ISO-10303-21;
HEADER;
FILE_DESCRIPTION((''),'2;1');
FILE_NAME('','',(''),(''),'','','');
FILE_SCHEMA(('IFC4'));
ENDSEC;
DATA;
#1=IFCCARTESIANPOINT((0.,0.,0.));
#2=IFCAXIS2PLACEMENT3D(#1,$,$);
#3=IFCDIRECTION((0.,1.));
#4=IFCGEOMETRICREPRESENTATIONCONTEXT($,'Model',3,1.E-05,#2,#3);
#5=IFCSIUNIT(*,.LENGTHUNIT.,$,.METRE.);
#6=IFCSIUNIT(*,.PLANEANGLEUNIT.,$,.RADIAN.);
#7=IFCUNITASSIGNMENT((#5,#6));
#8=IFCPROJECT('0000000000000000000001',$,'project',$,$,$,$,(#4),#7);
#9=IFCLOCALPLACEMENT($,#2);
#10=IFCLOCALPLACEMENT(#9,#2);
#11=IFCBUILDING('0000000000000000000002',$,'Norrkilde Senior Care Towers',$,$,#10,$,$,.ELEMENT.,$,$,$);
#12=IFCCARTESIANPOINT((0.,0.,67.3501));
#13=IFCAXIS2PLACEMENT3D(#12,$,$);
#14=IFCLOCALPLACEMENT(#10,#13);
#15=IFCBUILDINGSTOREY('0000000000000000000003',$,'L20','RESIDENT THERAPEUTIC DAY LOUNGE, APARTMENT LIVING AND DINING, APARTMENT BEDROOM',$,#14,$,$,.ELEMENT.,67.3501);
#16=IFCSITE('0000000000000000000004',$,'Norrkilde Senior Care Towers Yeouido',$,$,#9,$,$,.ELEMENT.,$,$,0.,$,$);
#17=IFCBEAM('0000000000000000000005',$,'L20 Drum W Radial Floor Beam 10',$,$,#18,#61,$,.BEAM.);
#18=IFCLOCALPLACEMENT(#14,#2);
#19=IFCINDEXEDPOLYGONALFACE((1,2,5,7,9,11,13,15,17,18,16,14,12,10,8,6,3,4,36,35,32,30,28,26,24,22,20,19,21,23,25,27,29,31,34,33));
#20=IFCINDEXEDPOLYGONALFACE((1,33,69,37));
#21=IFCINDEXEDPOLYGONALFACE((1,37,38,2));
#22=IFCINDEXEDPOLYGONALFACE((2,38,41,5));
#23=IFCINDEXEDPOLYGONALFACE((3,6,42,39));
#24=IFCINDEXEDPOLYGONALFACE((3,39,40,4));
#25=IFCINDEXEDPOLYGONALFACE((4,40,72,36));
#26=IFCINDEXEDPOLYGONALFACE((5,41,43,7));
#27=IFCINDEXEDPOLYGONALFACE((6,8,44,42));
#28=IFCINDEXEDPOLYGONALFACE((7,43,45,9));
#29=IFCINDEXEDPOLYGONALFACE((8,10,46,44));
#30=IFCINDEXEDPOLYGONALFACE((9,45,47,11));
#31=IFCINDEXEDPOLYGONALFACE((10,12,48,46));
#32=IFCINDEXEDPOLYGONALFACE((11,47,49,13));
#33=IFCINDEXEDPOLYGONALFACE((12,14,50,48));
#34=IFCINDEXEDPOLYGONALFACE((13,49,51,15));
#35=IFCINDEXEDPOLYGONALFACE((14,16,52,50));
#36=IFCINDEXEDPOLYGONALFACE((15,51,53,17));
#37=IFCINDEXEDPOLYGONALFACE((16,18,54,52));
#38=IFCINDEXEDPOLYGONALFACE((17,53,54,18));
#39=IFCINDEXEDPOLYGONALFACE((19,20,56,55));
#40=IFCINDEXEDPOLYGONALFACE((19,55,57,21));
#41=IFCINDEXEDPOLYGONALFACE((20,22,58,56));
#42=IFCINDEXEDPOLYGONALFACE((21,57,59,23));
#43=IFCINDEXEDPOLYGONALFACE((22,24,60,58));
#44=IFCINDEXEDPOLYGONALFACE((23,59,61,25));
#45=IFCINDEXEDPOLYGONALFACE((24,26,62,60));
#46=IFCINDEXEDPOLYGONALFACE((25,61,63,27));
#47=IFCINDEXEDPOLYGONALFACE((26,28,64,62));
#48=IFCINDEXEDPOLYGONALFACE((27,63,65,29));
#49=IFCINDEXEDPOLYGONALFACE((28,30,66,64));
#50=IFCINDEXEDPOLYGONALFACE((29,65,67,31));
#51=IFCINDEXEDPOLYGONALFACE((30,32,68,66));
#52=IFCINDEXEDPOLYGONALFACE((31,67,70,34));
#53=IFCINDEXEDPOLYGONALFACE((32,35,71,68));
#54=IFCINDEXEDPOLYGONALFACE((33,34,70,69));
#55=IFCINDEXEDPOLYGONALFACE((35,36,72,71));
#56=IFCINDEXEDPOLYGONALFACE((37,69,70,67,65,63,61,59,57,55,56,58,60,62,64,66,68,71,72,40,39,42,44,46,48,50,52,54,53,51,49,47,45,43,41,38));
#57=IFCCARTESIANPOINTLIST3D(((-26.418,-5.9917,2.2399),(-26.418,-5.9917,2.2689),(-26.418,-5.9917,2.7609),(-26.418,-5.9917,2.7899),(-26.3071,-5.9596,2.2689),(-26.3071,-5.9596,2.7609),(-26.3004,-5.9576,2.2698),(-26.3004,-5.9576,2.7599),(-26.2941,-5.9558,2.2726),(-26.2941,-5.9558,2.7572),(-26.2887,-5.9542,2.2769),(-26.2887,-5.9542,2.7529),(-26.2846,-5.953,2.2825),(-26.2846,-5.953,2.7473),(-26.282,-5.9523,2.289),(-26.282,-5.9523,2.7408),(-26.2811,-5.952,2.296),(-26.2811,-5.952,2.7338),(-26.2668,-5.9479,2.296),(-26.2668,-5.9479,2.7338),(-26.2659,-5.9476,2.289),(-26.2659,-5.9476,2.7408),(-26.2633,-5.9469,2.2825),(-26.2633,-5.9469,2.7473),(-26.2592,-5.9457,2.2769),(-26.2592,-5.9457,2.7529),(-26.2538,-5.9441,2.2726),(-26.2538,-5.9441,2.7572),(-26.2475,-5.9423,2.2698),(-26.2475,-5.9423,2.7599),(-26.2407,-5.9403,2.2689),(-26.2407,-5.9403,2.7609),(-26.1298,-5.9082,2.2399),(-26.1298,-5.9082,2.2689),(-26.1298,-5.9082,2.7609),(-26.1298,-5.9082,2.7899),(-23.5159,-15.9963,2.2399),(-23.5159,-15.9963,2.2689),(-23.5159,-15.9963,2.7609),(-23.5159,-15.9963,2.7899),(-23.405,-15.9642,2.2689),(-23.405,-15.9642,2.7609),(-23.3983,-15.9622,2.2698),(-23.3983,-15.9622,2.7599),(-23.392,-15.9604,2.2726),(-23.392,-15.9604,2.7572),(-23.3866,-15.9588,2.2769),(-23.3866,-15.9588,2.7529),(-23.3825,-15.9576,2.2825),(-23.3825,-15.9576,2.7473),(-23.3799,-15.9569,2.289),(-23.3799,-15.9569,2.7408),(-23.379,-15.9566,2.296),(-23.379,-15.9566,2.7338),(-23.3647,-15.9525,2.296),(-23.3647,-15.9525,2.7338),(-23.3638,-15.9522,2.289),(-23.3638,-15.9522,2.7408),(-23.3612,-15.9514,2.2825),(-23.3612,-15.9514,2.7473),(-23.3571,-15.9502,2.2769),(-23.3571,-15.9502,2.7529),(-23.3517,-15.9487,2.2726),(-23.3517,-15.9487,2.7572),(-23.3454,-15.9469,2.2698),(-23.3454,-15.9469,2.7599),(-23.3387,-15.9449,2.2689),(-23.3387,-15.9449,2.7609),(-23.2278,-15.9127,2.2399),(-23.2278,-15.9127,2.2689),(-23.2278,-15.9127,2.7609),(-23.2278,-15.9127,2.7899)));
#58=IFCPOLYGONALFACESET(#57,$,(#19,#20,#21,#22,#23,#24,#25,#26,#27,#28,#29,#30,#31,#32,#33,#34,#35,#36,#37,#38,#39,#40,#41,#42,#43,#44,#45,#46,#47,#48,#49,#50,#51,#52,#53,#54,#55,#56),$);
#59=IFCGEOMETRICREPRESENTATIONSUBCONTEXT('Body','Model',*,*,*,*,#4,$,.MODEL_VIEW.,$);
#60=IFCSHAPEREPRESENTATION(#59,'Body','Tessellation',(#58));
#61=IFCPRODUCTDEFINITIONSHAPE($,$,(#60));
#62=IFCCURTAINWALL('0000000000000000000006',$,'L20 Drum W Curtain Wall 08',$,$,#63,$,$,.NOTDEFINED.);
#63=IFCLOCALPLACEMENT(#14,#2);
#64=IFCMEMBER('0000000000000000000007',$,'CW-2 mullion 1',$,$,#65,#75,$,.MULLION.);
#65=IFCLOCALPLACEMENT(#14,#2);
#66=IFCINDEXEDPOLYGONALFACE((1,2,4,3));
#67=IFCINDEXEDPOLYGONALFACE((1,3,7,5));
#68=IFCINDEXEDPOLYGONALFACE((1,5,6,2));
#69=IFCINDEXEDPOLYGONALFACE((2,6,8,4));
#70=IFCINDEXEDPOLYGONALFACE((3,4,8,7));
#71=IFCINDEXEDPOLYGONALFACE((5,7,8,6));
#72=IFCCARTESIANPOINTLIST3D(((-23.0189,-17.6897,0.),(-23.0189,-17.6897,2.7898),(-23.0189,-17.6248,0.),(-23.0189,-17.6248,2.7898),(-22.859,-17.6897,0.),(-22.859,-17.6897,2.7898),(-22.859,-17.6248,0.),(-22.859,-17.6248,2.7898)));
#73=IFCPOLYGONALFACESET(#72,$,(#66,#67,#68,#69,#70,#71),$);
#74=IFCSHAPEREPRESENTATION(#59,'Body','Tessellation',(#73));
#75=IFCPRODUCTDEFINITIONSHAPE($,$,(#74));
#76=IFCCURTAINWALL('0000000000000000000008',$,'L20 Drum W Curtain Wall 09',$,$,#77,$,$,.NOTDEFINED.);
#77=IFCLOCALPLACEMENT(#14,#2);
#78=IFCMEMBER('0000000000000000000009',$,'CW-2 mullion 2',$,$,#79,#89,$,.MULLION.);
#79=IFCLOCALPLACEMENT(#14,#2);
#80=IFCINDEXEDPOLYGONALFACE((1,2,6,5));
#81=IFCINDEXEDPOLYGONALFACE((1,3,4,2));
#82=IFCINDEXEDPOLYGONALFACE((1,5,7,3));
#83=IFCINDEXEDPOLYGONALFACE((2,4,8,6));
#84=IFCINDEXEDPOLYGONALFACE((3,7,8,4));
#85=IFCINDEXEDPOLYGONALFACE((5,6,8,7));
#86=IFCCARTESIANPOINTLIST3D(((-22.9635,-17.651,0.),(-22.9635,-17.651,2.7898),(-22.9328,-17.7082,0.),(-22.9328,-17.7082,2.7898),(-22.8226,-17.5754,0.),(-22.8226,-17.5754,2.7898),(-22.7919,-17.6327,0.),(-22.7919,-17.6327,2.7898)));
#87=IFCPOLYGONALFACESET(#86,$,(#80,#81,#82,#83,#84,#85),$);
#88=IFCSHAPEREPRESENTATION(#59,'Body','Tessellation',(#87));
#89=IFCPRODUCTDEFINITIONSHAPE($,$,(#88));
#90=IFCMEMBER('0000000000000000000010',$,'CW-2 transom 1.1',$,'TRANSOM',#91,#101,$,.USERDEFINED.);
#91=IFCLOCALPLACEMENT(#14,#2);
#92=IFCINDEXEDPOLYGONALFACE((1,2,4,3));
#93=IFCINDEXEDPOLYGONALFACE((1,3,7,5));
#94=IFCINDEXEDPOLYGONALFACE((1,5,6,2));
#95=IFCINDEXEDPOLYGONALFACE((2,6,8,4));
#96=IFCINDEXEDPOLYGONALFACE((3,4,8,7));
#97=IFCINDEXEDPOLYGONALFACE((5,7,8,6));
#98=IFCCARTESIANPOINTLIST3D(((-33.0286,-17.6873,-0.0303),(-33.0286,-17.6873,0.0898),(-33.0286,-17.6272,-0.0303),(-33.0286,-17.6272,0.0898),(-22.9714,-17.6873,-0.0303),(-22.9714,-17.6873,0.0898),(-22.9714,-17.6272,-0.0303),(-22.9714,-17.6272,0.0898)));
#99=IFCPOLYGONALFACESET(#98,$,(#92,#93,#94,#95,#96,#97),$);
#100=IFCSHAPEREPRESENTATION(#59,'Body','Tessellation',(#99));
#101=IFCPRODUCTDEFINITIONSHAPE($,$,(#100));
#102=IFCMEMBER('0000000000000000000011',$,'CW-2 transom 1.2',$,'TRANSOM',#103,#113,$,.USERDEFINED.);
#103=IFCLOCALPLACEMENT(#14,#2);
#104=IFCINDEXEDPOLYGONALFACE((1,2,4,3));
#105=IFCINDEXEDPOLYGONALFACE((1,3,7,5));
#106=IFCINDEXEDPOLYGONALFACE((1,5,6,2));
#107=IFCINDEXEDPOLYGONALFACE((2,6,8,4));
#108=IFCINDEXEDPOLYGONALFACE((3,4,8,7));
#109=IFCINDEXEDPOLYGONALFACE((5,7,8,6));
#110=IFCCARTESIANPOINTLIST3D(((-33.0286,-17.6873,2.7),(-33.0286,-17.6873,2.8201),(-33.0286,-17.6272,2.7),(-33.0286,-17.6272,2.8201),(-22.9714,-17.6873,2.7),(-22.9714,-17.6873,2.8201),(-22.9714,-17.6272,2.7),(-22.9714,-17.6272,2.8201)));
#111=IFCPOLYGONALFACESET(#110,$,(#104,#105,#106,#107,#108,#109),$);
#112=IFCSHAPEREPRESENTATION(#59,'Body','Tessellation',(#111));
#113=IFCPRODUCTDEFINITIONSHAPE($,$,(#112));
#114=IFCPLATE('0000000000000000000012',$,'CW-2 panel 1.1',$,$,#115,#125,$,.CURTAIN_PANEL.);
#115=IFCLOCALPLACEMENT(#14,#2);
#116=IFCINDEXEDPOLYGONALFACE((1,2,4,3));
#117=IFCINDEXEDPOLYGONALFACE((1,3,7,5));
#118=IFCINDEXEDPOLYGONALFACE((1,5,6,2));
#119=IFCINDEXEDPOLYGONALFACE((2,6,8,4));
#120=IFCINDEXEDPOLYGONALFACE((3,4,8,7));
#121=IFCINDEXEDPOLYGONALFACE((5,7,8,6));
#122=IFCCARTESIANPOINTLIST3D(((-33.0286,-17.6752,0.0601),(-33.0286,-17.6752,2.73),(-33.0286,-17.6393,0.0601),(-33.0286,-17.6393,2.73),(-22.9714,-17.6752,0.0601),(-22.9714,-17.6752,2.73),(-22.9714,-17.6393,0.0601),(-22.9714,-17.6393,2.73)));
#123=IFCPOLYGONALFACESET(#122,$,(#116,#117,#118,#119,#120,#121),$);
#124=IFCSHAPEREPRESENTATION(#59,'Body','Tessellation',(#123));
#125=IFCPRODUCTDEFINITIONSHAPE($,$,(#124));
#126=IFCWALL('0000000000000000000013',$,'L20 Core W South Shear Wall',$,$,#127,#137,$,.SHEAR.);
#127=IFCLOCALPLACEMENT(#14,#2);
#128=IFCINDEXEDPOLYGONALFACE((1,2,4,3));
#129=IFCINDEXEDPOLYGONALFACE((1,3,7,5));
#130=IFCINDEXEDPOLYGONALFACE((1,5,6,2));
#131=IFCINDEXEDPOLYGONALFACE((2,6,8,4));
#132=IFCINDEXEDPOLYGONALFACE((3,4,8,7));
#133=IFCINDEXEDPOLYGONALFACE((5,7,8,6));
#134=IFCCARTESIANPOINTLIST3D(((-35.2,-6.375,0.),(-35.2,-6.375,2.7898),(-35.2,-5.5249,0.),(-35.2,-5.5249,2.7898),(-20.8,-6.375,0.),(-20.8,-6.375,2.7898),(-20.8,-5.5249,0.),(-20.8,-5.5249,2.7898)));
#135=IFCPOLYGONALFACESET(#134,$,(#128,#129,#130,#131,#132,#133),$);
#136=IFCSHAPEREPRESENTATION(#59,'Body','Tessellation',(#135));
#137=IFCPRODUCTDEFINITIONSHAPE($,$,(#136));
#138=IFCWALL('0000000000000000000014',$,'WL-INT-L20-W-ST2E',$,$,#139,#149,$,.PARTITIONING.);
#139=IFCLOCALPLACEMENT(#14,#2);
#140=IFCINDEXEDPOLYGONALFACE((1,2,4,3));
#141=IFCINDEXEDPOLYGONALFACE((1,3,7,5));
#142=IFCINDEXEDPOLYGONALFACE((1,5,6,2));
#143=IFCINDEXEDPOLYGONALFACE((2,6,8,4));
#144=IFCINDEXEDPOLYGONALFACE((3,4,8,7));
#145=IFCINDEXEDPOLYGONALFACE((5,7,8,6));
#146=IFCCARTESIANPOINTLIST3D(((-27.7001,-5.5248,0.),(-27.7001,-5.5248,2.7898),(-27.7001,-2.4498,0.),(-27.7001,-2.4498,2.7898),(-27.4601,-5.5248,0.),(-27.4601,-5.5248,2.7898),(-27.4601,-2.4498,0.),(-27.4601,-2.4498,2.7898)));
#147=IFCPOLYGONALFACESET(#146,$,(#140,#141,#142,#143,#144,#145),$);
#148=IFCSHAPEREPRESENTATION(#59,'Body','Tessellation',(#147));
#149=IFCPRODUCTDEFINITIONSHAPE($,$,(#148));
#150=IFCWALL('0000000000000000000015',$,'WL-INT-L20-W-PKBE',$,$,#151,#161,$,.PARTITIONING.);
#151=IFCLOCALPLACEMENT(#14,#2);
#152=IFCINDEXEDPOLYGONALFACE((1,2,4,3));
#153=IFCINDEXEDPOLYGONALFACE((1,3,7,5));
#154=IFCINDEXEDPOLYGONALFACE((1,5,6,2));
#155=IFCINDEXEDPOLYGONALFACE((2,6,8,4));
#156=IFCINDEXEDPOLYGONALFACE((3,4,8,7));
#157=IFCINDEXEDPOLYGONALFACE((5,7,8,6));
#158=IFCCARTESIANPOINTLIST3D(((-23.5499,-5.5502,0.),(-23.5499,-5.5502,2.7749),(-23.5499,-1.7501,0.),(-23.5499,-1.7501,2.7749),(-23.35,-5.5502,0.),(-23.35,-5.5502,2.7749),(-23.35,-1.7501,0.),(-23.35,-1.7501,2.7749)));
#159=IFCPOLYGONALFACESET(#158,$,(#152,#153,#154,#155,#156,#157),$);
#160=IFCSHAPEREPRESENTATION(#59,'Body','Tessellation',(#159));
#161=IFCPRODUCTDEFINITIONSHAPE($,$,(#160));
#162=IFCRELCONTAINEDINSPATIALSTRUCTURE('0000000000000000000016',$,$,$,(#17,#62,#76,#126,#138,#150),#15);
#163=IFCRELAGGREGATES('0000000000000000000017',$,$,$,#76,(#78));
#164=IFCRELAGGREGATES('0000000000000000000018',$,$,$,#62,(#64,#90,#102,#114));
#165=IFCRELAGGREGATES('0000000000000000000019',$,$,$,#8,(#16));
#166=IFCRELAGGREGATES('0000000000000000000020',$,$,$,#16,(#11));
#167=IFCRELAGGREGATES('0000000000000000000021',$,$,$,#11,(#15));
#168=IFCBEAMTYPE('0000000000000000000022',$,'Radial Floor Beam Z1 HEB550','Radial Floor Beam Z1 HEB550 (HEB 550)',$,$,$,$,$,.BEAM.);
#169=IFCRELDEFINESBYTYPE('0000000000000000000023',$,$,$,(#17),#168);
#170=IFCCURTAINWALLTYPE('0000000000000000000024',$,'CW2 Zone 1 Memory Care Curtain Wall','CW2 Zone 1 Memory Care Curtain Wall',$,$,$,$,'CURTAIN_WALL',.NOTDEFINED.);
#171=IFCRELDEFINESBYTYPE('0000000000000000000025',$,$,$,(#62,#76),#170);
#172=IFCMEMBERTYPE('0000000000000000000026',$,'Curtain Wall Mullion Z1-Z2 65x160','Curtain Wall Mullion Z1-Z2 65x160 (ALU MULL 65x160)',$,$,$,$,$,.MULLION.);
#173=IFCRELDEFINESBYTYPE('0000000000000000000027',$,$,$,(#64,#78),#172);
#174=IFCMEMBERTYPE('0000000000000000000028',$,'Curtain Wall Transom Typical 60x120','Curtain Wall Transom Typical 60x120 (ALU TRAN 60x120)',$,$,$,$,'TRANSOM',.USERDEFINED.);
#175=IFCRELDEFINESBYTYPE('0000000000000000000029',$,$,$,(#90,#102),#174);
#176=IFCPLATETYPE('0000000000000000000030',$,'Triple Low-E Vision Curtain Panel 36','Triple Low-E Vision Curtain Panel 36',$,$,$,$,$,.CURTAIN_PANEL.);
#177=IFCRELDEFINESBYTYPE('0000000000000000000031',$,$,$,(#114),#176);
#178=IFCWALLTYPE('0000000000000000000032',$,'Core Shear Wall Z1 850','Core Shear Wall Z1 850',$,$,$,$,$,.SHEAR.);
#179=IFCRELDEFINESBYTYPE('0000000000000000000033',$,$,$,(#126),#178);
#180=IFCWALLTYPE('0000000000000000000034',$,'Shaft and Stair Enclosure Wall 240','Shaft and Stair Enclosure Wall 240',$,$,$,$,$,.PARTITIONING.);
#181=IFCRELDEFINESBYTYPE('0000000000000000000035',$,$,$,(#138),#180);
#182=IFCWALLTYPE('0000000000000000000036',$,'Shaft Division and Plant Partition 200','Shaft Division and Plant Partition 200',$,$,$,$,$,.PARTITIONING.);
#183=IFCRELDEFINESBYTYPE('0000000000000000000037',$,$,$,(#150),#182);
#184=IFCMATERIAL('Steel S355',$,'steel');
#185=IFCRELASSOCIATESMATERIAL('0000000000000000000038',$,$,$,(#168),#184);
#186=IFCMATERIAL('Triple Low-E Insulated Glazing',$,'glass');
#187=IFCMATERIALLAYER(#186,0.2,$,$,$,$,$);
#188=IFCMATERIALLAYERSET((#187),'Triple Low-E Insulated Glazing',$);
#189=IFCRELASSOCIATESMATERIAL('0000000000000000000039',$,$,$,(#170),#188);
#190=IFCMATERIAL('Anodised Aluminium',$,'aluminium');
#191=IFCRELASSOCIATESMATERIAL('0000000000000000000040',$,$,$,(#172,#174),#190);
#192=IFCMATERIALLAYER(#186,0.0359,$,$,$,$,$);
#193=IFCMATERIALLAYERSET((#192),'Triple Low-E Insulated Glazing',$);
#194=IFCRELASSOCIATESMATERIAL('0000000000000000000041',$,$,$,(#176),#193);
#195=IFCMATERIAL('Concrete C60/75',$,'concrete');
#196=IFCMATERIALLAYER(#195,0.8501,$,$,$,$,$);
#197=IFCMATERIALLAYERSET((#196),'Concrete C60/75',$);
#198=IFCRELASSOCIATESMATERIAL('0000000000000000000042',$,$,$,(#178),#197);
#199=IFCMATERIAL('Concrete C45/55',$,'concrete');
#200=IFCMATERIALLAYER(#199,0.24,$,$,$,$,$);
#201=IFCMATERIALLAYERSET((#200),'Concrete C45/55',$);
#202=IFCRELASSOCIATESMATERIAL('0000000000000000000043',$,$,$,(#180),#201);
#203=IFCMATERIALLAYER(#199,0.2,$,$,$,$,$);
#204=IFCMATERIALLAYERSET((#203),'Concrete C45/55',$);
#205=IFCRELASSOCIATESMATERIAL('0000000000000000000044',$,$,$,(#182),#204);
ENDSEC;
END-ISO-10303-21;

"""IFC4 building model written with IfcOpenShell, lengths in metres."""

from ifc_helpers import new_model, si_unit, direction, frame, frame_2d, origin, origin_2d, place, context, subcontext, project, spatial, rectangle, i_section, extrude, source, transform, mapped, material, layer, layer_set, material_profile, profile_set, type_object, type_shapes, element, aggregate, save


model = new_model("IFC4")

# Units and contexts
model_context = context("Model", 3, precision=1e-05, world=origin(), true_north=direction((0.0, 1.0)))
body_context = subcontext(model_context, "Body", "Model", "MODEL_VIEW")
ifc_project = project(units=[si_unit("LENGTHUNIT", "METRE"), si_unit("PLANEANGLEUNIT", "RADIAN")], contexts=[model_context])

# Site, building, storey
site_placement = place(None, origin())
site = spatial("IfcSite", under=ifc_project, at=site_placement, Name="Norrkilde Senior Care Towers Yeouido", CompositionType="ELEMENT", RefElevation=0.0)
building_placement = place(site_placement, origin())
building = spatial("IfcBuilding", under=site, at=building_placement, Name="Norrkilde Senior Care Towers", CompositionType="ELEMENT")
storey_placement = place(building_placement, frame((0.0, 0.0, 67.3501)))
storey = spatial("IfcBuildingStorey", under=building, at=storey_placement, Name="L20", Description="RESIDENT THERAPEUTIC DAY LOUNGE, APARTMENT LIVING AND DINING, APARTMENT BEDROOM", CompositionType="ELEMENT", Elevation=67.3501)

# Shared definitions
ifc_material_1 = material(Name="Concrete C60/75", Category="concrete")

# Beam
ifc_material_2 = material(Name="Steel S355", Category="steel")
ifc_material_profile_1 = material_profile(ifc_material_2, i_section(OverallWidth=0.3, OverallDepth=0.55, WebThickness=0.0149, FlangeThickness=0.0291, FilletRadius=0.0271, at=origin_2d()), Name="HEB 550")
ifc_profile_set_1 = profile_set([ifc_material_profile_1], Name="Steel S355")
beam_type_1 = type_object("IfcBeamType", Name="Radial Floor Beam Z1 HEB550", Description="Radial Floor Beam Z1 HEB550 (HEB 550)", PredefinedType="BEAM", material=ifc_profile_set_1)
shared_shape_1 = source(origin(), body_context, "Body", "SweptSolid", [
    extrude(i_section(OverallWidth=0.3, OverallDepth=0.55, WebThickness=0.0149, FlangeThickness=0.0291, FilletRadius=0.0271, at=origin_2d()), origin(), (0.0, 0.0, 1.0), 10.417),
])
beam_1_placement = place(storey_placement, frame((-26.2739, -5.95, 2.5149), z_axis=(0.278591, -0.96041, 0.0), x_axis=(0.96041, 0.278591, 0.0)))
element("IfcBeam", 1, at=beam_1_placement, inside=storey, type_object=beam_type_1, Name="L20 Drum W Radial Floor Beam 10", PredefinedType="BEAM", context=body_context, shape_type="MappedRepresentation", body=[
    mapped(shared_shape_1, transform((0.0, 0.0, 0.0), x_axis=(1.0, 0.0, 0.0), y_axis=(0.0, 1.0, 0.0), z_axis=(0.0, 0.0, 1.0), scale=1.0)),
])

# Curtain walls, members
ifc_material_3 = material(Name="Triple Low-E Insulated Glazing", Category="glass")
ifc_layer_1 = layer(ifc_material_3, 0.2)
ifc_layer_set_1 = layer_set([ifc_layer_1], Name="Triple Low-E Insulated Glazing")
curtain_wall_type = type_object("IfcCurtainWallType", Name="CW2 Zone 1 Memory Care Curtain Wall", Description="CW2 Zone 1 Memory Care Curtain Wall", ElementType="CURTAIN_WALL", PredefinedType="NOTDEFINED", material=ifc_layer_set_1)
curtain_wall_1_placement = place(storey_placement, origin())
curtain_wall_1 = element("IfcCurtainWall", 2, at=curtain_wall_1_placement, inside=storey, type_object=curtain_wall_type, Name="L20 Drum W Curtain Wall 08", PredefinedType="NOTDEFINED")
ifc_material_4 = material(Name="Anodised Aluminium", Category="aluminium")
ifc_material_profile_2 = material_profile(ifc_material_4, rectangle(XDim=0.0649, YDim=0.1599, at=origin_2d()), Name="ALU MULL 65x160")
ifc_profile_set_2 = profile_set([ifc_material_profile_2], Name="Anodised Aluminium")
member_type_1 = type_object("IfcMemberType", Name="Curtain Wall Mullion Z1-Z2 65x160", Description="Curtain Wall Mullion Z1-Z2 65x160 (ALU MULL 65x160)", PredefinedType="MULLION", material=ifc_profile_set_2)
shared_shape_2 = source(origin(), body_context, "Body", "SweptSolid", [
    extrude(rectangle(XDim=0.0649, YDim=0.1599, at=origin_2d()), origin(), (0.0, 0.0, 1.0), 2.7898),
])
type_shapes(member_type_1, [shared_shape_2])
member_1_placement = place(storey_placement, frame((-22.939, -17.6572, 0.0), z_axis=(0.0, 0.0, 1.0), x_axis=(0.0, -1.0, 0.0)))
member_1 = element("IfcMember", 3, at=member_1_placement, type_object=member_type_1, Name="CW-2 mullion 1", PredefinedType="MULLION", context=body_context, shape_type="MappedRepresentation", body=[
    mapped(shared_shape_2, transform((0.0, 0.0, 0.0), x_axis=(1.0, 0.0, 0.0), y_axis=(0.0, 1.0, 0.0), z_axis=(0.0, 0.0, 1.0), scale=1.0)),
])
curtain_wall_2_placement = place(storey_placement, origin())
curtain_wall_2 = element("IfcCurtainWall", 4, at=curtain_wall_2_placement, inside=storey, type_object=curtain_wall_type, Name="L20 Drum W Curtain Wall 09", PredefinedType="NOTDEFINED")
member_2_placement = place(storey_placement, frame((-22.8777, -17.6418, 0.0), z_axis=(0.0, 0.0, 1.0), x_axis=(0.472608, -0.881273, 0.0)))
member_2 = element("IfcMember", 5, at=member_2_placement, type_object=member_type_1, Name="CW-2 mullion 2", PredefinedType="MULLION", context=body_context, shape_type="MappedRepresentation", body=[
    mapped(shared_shape_2, transform((0.0, 0.0, 0.0), x_axis=(1.0, 0.0, 0.0), y_axis=(0.0, 1.0, 0.0), z_axis=(0.0, 0.0, 1.0), scale=1.0)),
])
aggregate(curtain_wall_2, [member_2])

# Members
ifc_material_profile_3 = material_profile(ifc_material_4, rectangle(XDim=0.0601, YDim=0.1201, at=origin_2d()), Name="ALU TRAN 60x120")
ifc_profile_set_3 = profile_set([ifc_material_profile_3], Name="Anodised Aluminium")
member_type_2 = type_object("IfcMemberType", Name="Curtain Wall Transom Typical 60x120", Description="Curtain Wall Transom Typical 60x120 (ALU TRAN 60x120)", ElementType="TRANSOM", PredefinedType="USERDEFINED", material=ifc_profile_set_3)
shared_shape_3 = source(origin(), body_context, "Body", "SweptSolid", [
    extrude(rectangle(XDim=0.0601, YDim=0.1201, at=origin_2d()), origin(), (0.0, 0.0, 1.0), 10.0571),
])
type_shapes(member_type_2, [shared_shape_3])
member_3_placement = place(storey_placement, frame((-22.9714, -17.6572, 0.0298), z_axis=(-1.0, 0.0, 0.0), x_axis=(0.0, -1.0, 0.0)))
member_3 = element("IfcMember", 6, at=member_3_placement, type_object=member_type_2, Name="CW-2 transom 1.1", ObjectType="TRANSOM", PredefinedType="USERDEFINED", context=body_context, shape_type="MappedRepresentation", body=[
    mapped(shared_shape_3, transform((0.0, 0.0, 0.0), x_axis=(1.0, 0.0, 0.0), y_axis=(0.0, 1.0, 0.0), z_axis=(0.0, 0.0, 1.0), scale=1.0)),
])
member_4_placement = place(storey_placement, frame((-22.9714, -17.6572, 2.76), z_axis=(-1.0, 0.0, 0.0), x_axis=(0.0, -1.0, 0.0)))
member_4 = element("IfcMember", 7, at=member_4_placement, type_object=member_type_2, Name="CW-2 transom 1.2", ObjectType="TRANSOM", PredefinedType="USERDEFINED", context=body_context, shape_type="MappedRepresentation", body=[
    mapped(shared_shape_3, transform((0.0, 0.0, 0.0), x_axis=(1.0, 0.0, 0.0), y_axis=(0.0, 1.0, 0.0), z_axis=(0.0, 0.0, 1.0), scale=1.0)),
])

# Plate
ifc_layer_2 = layer(ifc_material_3, 0.0359)
ifc_layer_set_2 = layer_set([ifc_layer_2], Name="Triple Low-E Insulated Glazing")
plate_type = type_object("IfcPlateType", Name="Triple Low-E Vision Curtain Panel 36", Description="Triple Low-E Vision Curtain Panel 36", PredefinedType="CURTAIN_PANEL", material=ifc_layer_set_2)
shared_shape_4 = source(origin(), body_context, "Body", "SweptSolid", [
    extrude(rectangle(XDim=10.0571, YDim=0.0359, at=origin_2d()), origin(), (0.0, 0.0, 1.0), 2.6699),
])
type_shapes(plate_type, [shared_shape_4])
plate_placement = place(storey_placement, frame((-28.0, -17.6572, 0.0601), z_axis=(0.0, 0.0, 1.0), x_axis=(-1.0, 0.0, 0.0)))
plate = element("IfcPlate", 8, at=plate_placement, type_object=plate_type, Name="CW-2 panel 1.1", PredefinedType="CURTAIN_PANEL", context=body_context, shape_type="MappedRepresentation", body=[
    mapped(shared_shape_4, transform((0.0, 0.0, 0.0), x_axis=(1.0, 0.0, 0.0), y_axis=(0.0, 1.0, 0.0), z_axis=(0.0, 0.0, 1.0), scale=1.0)),
])
aggregate(curtain_wall_1, [member_1, member_3, member_4, plate])

# Walls
ifc_layer_3 = layer(ifc_material_1, 0.8501)
ifc_layer_set_3 = layer_set([ifc_layer_3], Name="Concrete C60/75")
wall_type_1 = type_object("IfcWallType", Name="Core Shear Wall Z1 850", Description="Core Shear Wall Z1 850", PredefinedType="SHEAR", material=ifc_layer_set_3)
shared_shape_5 = source(origin(), body_context, "Body", "SweptSolid", [
    extrude(rectangle(XDim=14.3999, YDim=0.8501, at=frame_2d((7.2, 0.0))), origin(), (0.0, 0.0, 1.0), 2.7898),
])
type_shapes(wall_type_1, [shared_shape_5])
wall_1_placement = place(storey_placement, frame((-20.8, -5.95, 0.0), z_axis=(0.0, 0.0, 1.0), x_axis=(-1.0, 0.0, 0.0)))
element("IfcWall", 9, at=wall_1_placement, inside=storey, type_object=wall_type_1, Name="L20 Core W South Shear Wall", PredefinedType="SHEAR", context=body_context, shape_type="MappedRepresentation", body=[
    mapped(shared_shape_5, transform((0.0, 0.0, 0.0), x_axis=(1.0, 0.0, 0.0), y_axis=(0.0, 1.0, 0.0), z_axis=(0.0, 0.0, 1.0), scale=1.0)),
])
ifc_material_5 = material(Name="Concrete C45/55", Category="concrete")
ifc_layer_4 = layer(ifc_material_5, 0.24)
ifc_layer_set_4 = layer_set([ifc_layer_4], Name="Concrete C45/55")
wall_type_2 = type_object("IfcWallType", Name="Shaft and Stair Enclosure Wall 240", Description="Shaft and Stair Enclosure Wall 240", PredefinedType="PARTITIONING", material=ifc_layer_set_4)
shared_shape_6 = source(origin(), body_context, "Body", "SweptSolid", [
    extrude(rectangle(XDim=3.075, YDim=0.24, at=frame_2d((1.5376, 0.0))), origin(), (0.0, 0.0, 1.0), 2.7898),
])
type_shapes(wall_type_2, [shared_shape_6])
wall_2_placement = place(storey_placement, frame((-27.5801, -5.5249, 0.0), z_axis=(0.0, 0.0, 1.0), x_axis=(0.0, 1.0, 0.0)))
element("IfcWall", 10, at=wall_2_placement, inside=storey, type_object=wall_type_2, Name="WL-INT-L20-W-ST2E", PredefinedType="PARTITIONING", context=body_context, shape_type="MappedRepresentation", body=[
    mapped(shared_shape_6, transform((0.0, 0.0, 0.0), x_axis=(1.0, 0.0, 0.0), y_axis=(0.0, 1.0, 0.0), z_axis=(0.0, 0.0, 1.0), scale=1.0)),
])
ifc_layer_5 = layer(ifc_material_5, 0.2)
ifc_layer_set_5 = layer_set([ifc_layer_5], Name="Concrete C45/55")
wall_type_3 = type_object("IfcWallType", Name="Shaft Division and Plant Partition 200", Description="Shaft Division and Plant Partition 200", PredefinedType="PARTITIONING", material=ifc_layer_set_5)
shared_shape_7 = source(origin(), body_context, "Body", "SweptSolid", [
    extrude(rectangle(XDim=3.8, YDim=0.2, at=frame_2d((1.8999, 0.0))), origin(), (0.0, 0.0, 1.0), 2.7749),
])
type_shapes(wall_type_3, [shared_shape_7])
wall_3_placement = place(storey_placement, frame((-23.45, -5.55, 0.0), z_axis=(0.0, 0.0, 1.0), x_axis=(0.0, 1.0, 0.0)))
element("IfcWall", 11, at=wall_3_placement, inside=storey, type_object=wall_type_3, Name="WL-INT-L20-W-PKBE", PredefinedType="PARTITIONING", context=body_context, shape_type="MappedRepresentation", body=[
    mapped(shared_shape_7, transform((0.0, 0.0, 0.0), x_axis=(1.0, 0.0, 0.0), y_axis=(0.0, 1.0, 0.0), z_axis=(0.0, 0.0, 1.0), scale=1.0)),
])

save(model, "model.ifc")
